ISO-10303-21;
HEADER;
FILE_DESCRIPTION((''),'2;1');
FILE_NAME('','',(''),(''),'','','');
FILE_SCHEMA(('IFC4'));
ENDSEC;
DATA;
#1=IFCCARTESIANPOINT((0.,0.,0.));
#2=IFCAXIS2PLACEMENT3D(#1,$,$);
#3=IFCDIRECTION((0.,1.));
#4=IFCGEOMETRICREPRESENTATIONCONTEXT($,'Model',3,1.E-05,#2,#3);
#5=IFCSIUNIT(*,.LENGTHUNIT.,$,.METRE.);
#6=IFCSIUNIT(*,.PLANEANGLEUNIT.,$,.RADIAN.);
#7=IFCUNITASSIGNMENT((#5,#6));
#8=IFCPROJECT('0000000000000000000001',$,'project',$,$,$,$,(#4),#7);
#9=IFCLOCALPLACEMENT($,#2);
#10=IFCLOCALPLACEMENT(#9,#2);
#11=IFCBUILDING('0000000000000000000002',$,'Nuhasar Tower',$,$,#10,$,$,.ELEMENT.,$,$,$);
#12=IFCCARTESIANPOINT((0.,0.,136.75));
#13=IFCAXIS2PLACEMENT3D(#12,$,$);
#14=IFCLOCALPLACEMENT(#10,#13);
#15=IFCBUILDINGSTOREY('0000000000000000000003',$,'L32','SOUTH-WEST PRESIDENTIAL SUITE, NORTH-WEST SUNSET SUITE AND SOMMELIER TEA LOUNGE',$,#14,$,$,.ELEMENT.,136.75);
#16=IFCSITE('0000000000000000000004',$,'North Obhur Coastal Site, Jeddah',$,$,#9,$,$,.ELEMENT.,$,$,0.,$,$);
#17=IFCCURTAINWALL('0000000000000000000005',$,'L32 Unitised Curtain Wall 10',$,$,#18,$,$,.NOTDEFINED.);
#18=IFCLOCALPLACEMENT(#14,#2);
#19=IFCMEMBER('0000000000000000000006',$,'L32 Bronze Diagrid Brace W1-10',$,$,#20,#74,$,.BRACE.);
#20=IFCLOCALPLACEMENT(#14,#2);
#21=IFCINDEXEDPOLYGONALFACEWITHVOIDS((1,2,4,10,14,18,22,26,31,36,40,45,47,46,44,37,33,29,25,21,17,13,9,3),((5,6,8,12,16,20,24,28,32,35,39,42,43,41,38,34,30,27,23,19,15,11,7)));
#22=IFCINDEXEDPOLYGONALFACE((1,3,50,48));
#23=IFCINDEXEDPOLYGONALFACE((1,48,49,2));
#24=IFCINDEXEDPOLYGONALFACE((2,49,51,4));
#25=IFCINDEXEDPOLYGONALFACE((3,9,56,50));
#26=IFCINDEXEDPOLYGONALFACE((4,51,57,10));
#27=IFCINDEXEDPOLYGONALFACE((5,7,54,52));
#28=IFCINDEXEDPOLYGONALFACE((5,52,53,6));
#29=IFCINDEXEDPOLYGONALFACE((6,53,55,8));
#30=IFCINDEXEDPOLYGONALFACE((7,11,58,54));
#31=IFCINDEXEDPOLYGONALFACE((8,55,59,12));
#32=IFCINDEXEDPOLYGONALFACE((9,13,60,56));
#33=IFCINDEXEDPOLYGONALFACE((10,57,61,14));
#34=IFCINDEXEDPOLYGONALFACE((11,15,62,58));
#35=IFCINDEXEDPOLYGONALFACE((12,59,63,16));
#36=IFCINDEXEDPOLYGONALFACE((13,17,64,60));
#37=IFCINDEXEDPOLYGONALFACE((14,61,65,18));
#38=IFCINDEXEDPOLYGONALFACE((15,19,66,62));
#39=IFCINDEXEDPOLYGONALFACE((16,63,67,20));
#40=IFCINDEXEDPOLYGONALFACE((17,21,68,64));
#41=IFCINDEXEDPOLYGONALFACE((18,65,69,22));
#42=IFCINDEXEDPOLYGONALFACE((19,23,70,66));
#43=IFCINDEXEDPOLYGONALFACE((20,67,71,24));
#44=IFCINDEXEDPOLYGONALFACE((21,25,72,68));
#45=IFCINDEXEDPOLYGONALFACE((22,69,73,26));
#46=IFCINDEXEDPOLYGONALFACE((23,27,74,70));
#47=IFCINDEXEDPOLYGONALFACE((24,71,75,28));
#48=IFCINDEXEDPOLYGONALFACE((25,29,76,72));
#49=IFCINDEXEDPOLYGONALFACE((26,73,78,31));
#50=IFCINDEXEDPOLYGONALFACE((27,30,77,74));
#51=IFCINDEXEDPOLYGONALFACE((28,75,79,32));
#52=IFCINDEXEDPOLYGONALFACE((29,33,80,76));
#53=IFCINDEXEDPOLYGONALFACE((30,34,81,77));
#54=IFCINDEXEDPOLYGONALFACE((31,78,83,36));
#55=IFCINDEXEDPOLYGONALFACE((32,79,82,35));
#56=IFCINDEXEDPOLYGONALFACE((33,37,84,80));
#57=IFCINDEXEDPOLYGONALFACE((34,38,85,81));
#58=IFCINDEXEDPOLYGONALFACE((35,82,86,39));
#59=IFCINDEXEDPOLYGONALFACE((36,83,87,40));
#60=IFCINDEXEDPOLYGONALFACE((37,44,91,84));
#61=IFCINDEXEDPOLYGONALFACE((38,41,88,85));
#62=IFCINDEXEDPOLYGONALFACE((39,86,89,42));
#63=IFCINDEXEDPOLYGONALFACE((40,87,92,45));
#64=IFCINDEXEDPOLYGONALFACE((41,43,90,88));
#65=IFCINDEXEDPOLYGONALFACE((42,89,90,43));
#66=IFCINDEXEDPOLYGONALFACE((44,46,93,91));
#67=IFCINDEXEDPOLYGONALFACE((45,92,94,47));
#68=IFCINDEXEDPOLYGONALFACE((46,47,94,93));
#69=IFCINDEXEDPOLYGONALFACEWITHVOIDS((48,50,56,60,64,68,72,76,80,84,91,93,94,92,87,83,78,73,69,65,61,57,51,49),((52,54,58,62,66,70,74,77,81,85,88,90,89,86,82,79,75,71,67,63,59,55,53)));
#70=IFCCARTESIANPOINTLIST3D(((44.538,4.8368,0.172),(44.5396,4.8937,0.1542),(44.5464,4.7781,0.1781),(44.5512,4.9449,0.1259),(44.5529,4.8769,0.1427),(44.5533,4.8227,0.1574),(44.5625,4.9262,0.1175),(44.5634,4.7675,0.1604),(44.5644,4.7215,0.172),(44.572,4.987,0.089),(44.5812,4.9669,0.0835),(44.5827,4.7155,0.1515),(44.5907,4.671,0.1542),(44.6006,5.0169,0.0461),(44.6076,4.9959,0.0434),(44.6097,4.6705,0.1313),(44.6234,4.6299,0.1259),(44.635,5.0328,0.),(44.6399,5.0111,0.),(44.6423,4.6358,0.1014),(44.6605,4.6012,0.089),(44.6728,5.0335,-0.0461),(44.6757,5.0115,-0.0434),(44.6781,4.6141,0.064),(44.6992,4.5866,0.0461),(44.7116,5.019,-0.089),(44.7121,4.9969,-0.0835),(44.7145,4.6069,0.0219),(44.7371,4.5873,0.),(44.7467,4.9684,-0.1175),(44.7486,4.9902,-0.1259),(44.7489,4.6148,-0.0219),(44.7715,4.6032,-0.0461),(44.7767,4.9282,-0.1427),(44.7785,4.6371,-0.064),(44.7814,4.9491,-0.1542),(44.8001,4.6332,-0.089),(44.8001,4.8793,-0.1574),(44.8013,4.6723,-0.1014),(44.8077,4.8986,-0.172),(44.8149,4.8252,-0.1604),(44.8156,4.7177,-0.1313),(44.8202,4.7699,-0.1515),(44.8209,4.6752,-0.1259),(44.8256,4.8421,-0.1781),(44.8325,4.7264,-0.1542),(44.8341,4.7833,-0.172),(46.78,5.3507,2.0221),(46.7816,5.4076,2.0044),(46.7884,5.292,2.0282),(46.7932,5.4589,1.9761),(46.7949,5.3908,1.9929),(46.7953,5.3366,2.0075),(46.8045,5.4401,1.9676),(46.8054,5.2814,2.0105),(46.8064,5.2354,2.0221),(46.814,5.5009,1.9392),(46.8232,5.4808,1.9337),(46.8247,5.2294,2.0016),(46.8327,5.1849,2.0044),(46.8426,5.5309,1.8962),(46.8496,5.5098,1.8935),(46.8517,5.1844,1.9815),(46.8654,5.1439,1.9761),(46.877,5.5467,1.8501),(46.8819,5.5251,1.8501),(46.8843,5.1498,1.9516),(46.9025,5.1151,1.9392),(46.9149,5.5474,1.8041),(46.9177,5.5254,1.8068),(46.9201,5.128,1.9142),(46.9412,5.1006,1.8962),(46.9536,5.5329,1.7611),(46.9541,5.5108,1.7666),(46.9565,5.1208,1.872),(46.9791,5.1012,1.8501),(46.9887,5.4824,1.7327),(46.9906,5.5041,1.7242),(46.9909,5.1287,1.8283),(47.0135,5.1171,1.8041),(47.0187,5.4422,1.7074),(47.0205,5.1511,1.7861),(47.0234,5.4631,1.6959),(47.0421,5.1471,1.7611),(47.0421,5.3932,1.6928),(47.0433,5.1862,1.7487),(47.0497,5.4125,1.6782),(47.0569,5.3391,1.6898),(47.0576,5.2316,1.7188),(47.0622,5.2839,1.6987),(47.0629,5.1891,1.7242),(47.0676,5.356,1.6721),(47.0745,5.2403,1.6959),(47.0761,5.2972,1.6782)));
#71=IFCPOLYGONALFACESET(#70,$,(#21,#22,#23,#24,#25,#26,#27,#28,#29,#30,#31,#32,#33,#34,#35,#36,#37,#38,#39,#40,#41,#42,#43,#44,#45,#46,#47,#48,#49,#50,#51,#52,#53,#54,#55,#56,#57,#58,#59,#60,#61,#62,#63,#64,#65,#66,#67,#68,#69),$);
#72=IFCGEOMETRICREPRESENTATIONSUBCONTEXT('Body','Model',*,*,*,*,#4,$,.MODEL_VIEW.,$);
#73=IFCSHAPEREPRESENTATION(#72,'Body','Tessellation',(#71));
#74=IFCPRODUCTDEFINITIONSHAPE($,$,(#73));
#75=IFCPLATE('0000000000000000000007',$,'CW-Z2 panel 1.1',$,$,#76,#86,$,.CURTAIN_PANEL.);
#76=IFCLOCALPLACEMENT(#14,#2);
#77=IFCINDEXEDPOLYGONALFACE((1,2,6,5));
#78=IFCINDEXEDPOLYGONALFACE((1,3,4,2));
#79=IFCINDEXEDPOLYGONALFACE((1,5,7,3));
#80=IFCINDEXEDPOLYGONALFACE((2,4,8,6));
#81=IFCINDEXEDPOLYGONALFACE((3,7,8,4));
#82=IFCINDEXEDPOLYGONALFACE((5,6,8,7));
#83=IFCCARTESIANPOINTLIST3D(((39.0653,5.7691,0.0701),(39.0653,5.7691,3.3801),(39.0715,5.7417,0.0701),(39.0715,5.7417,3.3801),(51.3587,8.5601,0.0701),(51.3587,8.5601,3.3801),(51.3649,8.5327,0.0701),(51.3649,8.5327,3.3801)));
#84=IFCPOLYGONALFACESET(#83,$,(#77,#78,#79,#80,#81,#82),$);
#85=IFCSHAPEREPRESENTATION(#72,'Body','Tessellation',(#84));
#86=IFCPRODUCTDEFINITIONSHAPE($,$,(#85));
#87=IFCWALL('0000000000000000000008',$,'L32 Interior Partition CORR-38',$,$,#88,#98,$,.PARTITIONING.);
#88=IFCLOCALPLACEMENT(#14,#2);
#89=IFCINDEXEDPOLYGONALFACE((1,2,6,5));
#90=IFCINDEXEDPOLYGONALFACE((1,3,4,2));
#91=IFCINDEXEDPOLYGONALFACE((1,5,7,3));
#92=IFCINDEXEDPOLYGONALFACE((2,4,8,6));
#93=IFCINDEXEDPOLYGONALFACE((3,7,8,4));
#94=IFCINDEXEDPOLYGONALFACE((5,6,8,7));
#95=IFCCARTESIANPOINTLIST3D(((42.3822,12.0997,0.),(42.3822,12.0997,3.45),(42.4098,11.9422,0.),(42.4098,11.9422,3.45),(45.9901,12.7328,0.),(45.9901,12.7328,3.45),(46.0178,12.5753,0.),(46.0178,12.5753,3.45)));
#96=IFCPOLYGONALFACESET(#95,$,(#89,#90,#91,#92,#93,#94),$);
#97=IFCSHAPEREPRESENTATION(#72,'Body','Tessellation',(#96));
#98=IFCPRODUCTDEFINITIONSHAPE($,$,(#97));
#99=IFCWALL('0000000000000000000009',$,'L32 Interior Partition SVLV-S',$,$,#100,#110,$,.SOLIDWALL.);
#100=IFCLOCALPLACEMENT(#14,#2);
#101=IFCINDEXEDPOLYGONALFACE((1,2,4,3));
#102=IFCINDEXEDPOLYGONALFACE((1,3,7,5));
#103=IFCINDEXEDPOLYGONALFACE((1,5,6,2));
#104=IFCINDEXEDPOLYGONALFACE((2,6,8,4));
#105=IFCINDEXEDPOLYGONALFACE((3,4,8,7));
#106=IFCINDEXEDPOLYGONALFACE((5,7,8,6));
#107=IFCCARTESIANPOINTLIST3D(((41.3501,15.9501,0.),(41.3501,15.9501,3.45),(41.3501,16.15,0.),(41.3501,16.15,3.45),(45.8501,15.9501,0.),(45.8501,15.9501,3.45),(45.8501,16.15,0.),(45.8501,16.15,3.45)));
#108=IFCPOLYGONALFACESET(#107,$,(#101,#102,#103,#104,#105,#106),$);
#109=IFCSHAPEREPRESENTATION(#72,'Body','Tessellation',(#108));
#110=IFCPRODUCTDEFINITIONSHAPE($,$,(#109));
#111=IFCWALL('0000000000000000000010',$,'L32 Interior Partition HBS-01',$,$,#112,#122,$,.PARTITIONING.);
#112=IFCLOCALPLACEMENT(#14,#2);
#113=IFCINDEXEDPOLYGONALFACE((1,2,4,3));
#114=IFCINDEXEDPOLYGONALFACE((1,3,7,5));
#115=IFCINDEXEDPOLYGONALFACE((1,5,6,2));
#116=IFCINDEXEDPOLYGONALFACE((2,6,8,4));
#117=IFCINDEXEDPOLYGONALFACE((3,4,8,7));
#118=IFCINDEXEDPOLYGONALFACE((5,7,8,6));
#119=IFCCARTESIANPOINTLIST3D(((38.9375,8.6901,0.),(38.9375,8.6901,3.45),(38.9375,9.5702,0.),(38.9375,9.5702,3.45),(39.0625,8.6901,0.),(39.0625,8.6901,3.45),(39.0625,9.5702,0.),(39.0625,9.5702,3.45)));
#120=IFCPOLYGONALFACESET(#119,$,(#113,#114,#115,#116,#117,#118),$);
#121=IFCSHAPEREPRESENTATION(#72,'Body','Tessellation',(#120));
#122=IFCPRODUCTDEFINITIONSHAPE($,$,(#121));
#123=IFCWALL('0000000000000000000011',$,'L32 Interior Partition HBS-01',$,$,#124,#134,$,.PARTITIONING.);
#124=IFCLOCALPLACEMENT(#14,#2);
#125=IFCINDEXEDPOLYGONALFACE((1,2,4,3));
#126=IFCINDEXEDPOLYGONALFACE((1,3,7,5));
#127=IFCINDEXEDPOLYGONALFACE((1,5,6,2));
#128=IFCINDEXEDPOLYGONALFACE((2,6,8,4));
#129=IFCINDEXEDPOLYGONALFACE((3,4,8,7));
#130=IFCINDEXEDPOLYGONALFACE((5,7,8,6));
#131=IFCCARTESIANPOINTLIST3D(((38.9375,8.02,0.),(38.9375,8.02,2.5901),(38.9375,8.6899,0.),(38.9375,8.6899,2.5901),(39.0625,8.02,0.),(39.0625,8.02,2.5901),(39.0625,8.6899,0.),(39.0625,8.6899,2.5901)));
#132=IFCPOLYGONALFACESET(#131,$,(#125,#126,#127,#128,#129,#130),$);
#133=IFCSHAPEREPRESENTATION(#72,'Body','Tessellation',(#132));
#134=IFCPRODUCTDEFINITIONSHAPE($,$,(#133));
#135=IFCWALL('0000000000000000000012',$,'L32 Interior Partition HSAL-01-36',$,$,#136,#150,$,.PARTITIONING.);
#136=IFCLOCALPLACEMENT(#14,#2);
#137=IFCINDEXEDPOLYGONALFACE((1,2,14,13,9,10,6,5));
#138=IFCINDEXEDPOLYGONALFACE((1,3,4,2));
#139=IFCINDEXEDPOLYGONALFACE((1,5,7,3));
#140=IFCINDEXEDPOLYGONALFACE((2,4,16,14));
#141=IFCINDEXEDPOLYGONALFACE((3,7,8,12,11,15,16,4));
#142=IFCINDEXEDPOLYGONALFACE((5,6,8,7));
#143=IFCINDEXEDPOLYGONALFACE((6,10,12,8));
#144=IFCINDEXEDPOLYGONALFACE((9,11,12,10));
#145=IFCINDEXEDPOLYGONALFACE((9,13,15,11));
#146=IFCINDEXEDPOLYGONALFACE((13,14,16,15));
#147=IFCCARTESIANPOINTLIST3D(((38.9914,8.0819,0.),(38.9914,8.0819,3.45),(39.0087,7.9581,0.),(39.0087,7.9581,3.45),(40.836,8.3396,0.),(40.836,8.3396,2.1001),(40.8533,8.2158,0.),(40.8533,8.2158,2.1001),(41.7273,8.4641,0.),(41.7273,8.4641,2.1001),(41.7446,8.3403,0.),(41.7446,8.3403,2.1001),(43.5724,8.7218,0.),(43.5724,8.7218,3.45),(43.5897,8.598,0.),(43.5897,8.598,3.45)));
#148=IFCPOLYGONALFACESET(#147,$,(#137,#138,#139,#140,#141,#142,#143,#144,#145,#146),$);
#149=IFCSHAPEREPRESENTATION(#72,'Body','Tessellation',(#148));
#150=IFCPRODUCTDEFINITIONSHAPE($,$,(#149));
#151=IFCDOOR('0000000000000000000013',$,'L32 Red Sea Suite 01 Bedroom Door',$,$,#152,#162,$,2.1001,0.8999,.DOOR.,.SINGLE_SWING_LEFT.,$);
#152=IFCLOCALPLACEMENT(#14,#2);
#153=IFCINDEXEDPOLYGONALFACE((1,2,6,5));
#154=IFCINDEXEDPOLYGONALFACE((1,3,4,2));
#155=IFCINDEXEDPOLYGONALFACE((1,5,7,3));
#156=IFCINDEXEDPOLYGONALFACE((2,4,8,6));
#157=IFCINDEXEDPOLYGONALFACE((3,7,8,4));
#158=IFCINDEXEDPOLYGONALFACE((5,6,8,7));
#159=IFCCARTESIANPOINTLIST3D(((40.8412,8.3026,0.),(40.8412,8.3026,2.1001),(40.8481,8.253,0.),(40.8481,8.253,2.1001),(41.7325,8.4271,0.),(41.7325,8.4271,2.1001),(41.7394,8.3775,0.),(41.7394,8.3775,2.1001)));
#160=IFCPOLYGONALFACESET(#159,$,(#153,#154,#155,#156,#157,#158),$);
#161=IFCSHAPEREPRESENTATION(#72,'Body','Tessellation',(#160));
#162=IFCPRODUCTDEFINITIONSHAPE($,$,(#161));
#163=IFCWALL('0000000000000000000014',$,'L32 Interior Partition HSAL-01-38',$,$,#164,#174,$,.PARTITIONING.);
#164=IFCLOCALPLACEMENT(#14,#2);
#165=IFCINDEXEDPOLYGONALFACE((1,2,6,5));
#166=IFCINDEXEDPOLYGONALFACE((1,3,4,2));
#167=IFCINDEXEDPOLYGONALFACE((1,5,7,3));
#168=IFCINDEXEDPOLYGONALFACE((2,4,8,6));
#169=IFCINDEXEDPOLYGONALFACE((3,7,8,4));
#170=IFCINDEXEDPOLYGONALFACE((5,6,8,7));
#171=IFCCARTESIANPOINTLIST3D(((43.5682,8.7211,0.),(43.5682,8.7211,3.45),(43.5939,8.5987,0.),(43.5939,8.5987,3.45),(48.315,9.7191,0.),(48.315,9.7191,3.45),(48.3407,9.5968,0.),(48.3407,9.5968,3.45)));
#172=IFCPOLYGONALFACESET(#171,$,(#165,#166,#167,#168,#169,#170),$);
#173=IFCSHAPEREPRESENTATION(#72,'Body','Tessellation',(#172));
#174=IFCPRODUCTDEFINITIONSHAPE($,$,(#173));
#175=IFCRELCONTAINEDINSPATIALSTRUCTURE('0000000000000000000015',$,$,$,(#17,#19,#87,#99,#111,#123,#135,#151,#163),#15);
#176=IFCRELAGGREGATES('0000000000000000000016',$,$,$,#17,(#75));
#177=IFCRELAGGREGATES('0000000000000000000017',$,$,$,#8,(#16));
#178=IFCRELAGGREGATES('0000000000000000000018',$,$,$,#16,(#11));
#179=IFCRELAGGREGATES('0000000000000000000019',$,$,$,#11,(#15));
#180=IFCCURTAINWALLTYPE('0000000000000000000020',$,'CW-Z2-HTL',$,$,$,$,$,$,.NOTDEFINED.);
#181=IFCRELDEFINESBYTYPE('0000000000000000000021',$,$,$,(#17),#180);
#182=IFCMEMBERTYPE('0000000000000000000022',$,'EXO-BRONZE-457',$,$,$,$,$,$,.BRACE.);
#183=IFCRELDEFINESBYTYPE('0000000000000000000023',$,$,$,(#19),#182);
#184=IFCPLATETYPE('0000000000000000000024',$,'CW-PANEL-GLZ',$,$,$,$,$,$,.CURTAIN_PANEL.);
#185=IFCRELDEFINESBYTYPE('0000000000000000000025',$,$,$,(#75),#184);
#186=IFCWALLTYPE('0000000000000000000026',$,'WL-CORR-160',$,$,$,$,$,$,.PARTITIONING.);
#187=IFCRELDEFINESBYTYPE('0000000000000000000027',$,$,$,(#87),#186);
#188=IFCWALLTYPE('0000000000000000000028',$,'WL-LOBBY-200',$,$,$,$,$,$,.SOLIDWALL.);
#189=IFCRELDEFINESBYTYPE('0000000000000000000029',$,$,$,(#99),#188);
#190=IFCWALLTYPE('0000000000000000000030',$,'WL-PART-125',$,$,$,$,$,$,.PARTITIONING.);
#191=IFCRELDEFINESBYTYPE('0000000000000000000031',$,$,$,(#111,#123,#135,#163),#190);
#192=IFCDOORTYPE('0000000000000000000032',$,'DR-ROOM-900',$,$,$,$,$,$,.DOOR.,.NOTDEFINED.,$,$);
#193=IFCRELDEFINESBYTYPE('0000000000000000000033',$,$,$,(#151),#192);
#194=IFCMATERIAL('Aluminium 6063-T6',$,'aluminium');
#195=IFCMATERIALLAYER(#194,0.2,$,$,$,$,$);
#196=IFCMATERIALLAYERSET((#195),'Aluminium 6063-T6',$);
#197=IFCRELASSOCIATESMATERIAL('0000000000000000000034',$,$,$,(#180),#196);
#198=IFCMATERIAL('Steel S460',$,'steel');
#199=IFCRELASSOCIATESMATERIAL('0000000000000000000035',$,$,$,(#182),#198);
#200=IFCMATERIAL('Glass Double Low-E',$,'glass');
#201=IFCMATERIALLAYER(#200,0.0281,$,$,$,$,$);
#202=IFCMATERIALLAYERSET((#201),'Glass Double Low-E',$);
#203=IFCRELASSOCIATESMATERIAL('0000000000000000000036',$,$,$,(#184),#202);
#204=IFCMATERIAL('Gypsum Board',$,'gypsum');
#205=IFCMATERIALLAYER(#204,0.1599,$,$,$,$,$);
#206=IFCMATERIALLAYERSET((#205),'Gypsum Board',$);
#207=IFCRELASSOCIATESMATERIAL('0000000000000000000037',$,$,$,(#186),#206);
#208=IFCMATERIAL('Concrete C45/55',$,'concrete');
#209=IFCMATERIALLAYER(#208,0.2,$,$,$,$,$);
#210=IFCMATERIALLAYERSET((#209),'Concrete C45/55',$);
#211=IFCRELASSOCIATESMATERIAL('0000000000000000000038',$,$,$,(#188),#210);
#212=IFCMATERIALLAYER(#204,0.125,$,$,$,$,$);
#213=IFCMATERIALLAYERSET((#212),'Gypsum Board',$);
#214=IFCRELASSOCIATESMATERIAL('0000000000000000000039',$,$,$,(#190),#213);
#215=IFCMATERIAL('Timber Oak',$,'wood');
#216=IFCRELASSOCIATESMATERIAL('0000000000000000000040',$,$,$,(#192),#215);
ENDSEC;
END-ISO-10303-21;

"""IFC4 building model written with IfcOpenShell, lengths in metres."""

from ifc_helpers import new_model, si_unit, direction, frame, frame_2d, origin, origin_2d, place, context, subcontext, project, spatial, rectangle, hollow_circle, extrude, material, layer, layer_set, material_profile, profile_set, type_object, element, fill, aggregate, save


model = new_model("IFC4")

# Units and contexts
model_context = context("Model", 3, precision=1e-05, world=origin(), true_north=direction((0.0, 1.0)))
body_context = subcontext(model_context, "Body", "Model", "MODEL_VIEW")
ifc_project = project(units=[si_unit("LENGTHUNIT", "METRE"), si_unit("PLANEANGLEUNIT", "RADIAN")], contexts=[model_context])

# Site, building, storey
site_placement = place(None, origin())
site = spatial("IfcSite", under=ifc_project, at=site_placement, Name="North Obhur Coastal Site, Jeddah", CompositionType="ELEMENT", RefElevation=0.0)
building_placement = place(site_placement, origin())
building = spatial("IfcBuilding", under=site, at=building_placement, Name="Nuhasar Tower", CompositionType="ELEMENT")
storey_placement = place(building_placement, frame((0.0, 0.0, 136.75)))
storey = spatial("IfcBuildingStorey", under=building, at=storey_placement, Name="L32", Description="SOUTH-WEST PRESIDENTIAL SUITE, NORTH-WEST SUNSET SUITE AND SOMMELIER TEA LOUNGE", CompositionType="ELEMENT", Elevation=136.75)

# Curtain wall
ifc_material_1 = material(Name="Aluminium 6063-T6", Category="aluminium")
ifc_layer_1 = layer(ifc_material_1, 0.2)
ifc_layer_set_1 = layer_set([ifc_layer_1], Name="Aluminium 6063-T6")
curtain_wall_type = type_object("IfcCurtainWallType", Name="CW-Z2-HTL", PredefinedType="NOTDEFINED", material=ifc_layer_set_1)
curtain_wall_placement = place(storey_placement, origin())
curtain_wall = element("IfcCurtainWall", 1, at=curtain_wall_placement, inside=storey, type_object=curtain_wall_type, Name="L32 Unitised Curtain Wall 10", PredefinedType="NOTDEFINED")

# Member
ifc_material_2 = material(Name="Steel S460", Category="steel")
ifc_material_profile_1 = material_profile(ifc_material_2, hollow_circle(Radius=0.2285, WallThickness=0.0222, at=origin_2d()), Name="HSS457X22.2")
ifc_profile_set_1 = profile_set([ifc_material_profile_1], Name="Steel S460")
member_type_1 = type_object("IfcMemberType", Name="EXO-BRONZE-457", PredefinedType="BRACE", material=ifc_profile_set_1)
member_1_placement = place(storey_placement, frame((44.686, 4.8101, 0.0), z_axis=(0.75951, 0.174101, 0.626764), x_axis=(-0.223433, 0.974719, 0.0)))
element("IfcMember", 2, at=member_1_placement, inside=storey, type_object=member_type_1, Name="L32 Bronze Diagrid Brace W1-10", PredefinedType="BRACE", context=body_context, shape_type="SweptSolid", body=[
    extrude(hollow_circle(Radius=0.2285, WallThickness=0.0222, at=origin_2d()), origin(), (0.0, 0.0, 1.0), 2.9519),
])

# Plate
ifc_material_3 = material(Name="Glass Double Low-E", Category="glass")
ifc_layer_2 = layer(ifc_material_3, 0.0281)
ifc_layer_set_2 = layer_set([ifc_layer_2], Name="Glass Double Low-E")
plate_type = type_object("IfcPlateType", Name="CW-PANEL-GLZ", PredefinedType="CURTAIN_PANEL", material=ifc_layer_set_2)
plate_placement = place(storey_placement, frame((45.2151, 7.1509, 0.0701), z_axis=(0.0, 0.0, 1.0), x_axis=(0.975184, 0.221397, 0.0)))
plate = element("IfcPlate", 3, at=plate_placement, type_object=plate_type, Name="CW-Z2 panel 1.1", PredefinedType="CURTAIN_PANEL", context=body_context, shape_type="SweptSolid", body=[
    extrude(rectangle(XDim=12.6062, YDim=0.0281, at=origin_2d()), origin(), (0.0, 0.0, 1.0), 3.3101),
])
aggregate(curtain_wall, [plate])

# Shared definitions
ifc_material_4 = material(Name="Gypsum Board", Category="gypsum")
ifc_layer_3 = layer(ifc_material_4, 0.1599)
ifc_layer_set_3 = layer_set([ifc_layer_3], Name="Gypsum Board")
wall_type_1 = type_object("IfcWallType", Name="WL-CORR-160", PredefinedType="PARTITIONING", material=ifc_layer_set_3)
ifc_material_5 = material(Name="Timber Oak", Category="wood")

# Wall
wall_1_placement = place(storey_placement, frame((42.396, 12.021, 0.0), z_axis=(0.0, 0.0, 1.0), x_axis=(0.984953, 0.172823, 0.0)))
element("IfcWall", 4, at=wall_1_placement, inside=storey, type_object=wall_type_1, Name="L32 Interior Partition CORR-38", PredefinedType="PARTITIONING", context=body_context, shape_type="SweptSolid", body=[
    extrude(rectangle(XDim=3.6631, YDim=0.1599, at=frame_2d((1.8315, 0.0))), origin(), (0.0, 0.0, 1.0), 3.45),
])

# Shared definitions
ifc_material_6 = material(Name="Concrete C45/55", Category="concrete")
ifc_layer_4 = layer(ifc_material_6, 0.2)
ifc_layer_set_4 = layer_set([ifc_layer_4], Name="Concrete C45/55")
wall_type_2 = type_object("IfcWallType", Name="WL-LOBBY-200", PredefinedType="SOLIDWALL", material=ifc_layer_set_4)

# Walls
wall_2_placement = place(storey_placement, frame((41.3501, 16.05, 0.0), z_axis=(0.0, 0.0, 1.0), x_axis=(1.0, 0.0, 0.0)))
element("IfcWall", 5, at=wall_2_placement, inside=storey, type_object=wall_type_2, Name="L32 Interior Partition SVLV-S", PredefinedType="SOLIDWALL", context=body_context, shape_type="SweptSolid", body=[
    extrude(rectangle(XDim=4.5, YDim=0.2, at=frame_2d((2.25, 0.0))), origin(), (0.0, 0.0, 1.0), 3.45),
])
ifc_layer_5 = layer(ifc_material_4, 0.125)
ifc_layer_set_5 = layer_set([ifc_layer_5], Name="Gypsum Board")
wall_type_3 = type_object("IfcWallType", Name="WL-PART-125", PredefinedType="PARTITIONING", material=ifc_layer_set_5)
wall_3_placement = place(storey_placement, frame((39.0, 9.5701, 0.0), z_axis=(0.0, 0.0, 1.0), x_axis=(0.0, -1.0, 0.0)))
element("IfcWall", 6, at=wall_3_placement, inside=storey, type_object=wall_type_3, Name="L32 Interior Partition HBS-01", PredefinedType="PARTITIONING", context=body_context, shape_type="SweptSolid", body=[
    extrude(rectangle(XDim=0.8801, YDim=0.125, at=frame_2d((0.4399, 0.0))), origin(), (0.0, 0.0, 1.0), 3.45),
])
wall_4_placement = place(storey_placement, frame((39.0, 8.6899, 0.0), z_axis=(0.0, 0.0, 1.0), x_axis=(0.0, -1.0, 0.0)))
element("IfcWall", 7, at=wall_4_placement, inside=storey, type_object=wall_type_3, Name="L32 Interior Partition HBS-01", PredefinedType="PARTITIONING", context=body_context, shape_type="SweptSolid", body=[
    extrude(rectangle(XDim=0.6699, YDim=0.125, at=frame_2d((0.335, 0.0))), origin(), (0.0, 0.0, 1.0), 2.5901),
])

# Wall, opening, door
wall_5_placement = place(storey_placement, frame((43.5811, 8.6599, 0.0), z_axis=(0.0, 0.0, 1.0), x_axis=(-0.990385, -0.138339, 0.0)))
wall_5 = element("IfcWall", 8, at=wall_5_placement, inside=storey, type_object=wall_type_3, Name="L32 Interior Partition HSAL-01-36", PredefinedType="PARTITIONING", context=body_context, shape_type="SweptSolid", body=[
    extrude(rectangle(XDim=4.6255, YDim=0.125, at=frame_2d((2.3127, 0.0))), origin(), (0.0, 0.0, 1.0), 3.45),
])
opening_1_placement = place(wall_5_placement, frame((1.863, 0.0, 0.0)))
opening_1 = element("IfcOpeningElement", 9, at=opening_1_placement, cuts=wall_5, PredefinedType="OPENING", context=body_context, shape_type="SweptSolid", body=[
    extrude(rectangle(XDim=0.8999, YDim=2.1001, at=frame_2d((0.45, 1.05))), frame((0.0, 0.0725, 0.0), z_axis=(0.0, -1.0, 0.0), x_axis=(1.0, 0.0, 0.0)), (0.0, 0.0, 1.0), 0.145),
])
door_type_1 = type_object("IfcDoorType", Name="DR-ROOM-900", OperationType="NOTDEFINED", PredefinedType="DOOR", material=ifc_material_5)
door_1_placement = place(opening_1_placement, origin())
door_1 = element("IfcDoor", 10, at=door_1_placement, inside=storey, type_object=door_type_1, Name="L32 Red Sea Suite 01 Bedroom Door", OperationType="SINGLE_SWING_LEFT", OverallHeight=2.1001, OverallWidth=0.8999, PredefinedType="DOOR", context=body_context, shape_type="SweptSolid", body=[
    extrude(rectangle(XDim=0.8999, YDim=2.1001, at=frame_2d((0.45, 1.05))), frame((0.0, 0.0249, 0.0), z_axis=(0.0, -1.0, 0.0), x_axis=(1.0, 0.0, 0.0)), (0.0, 0.0, 1.0), 0.05),
])
fill(opening_1, door_1)

# Wall
wall_6_placement = place(storey_placement, frame((43.5811, 8.6599, 0.0), z_axis=(0.0, 0.0, 1.0), x_axis=(0.978603, 0.205757, 0.0)))
element("IfcWall", 11, at=wall_6_placement, inside=storey, type_object=wall_type_3, Name="L32 Interior Partition HSAL-01-38", PredefinedType="PARTITIONING", context=body_context, shape_type="SweptSolid", body=[
    extrude(rectangle(XDim=4.8506, YDim=0.125, at=frame_2d((2.4253, 0.0))), origin(), (0.0, 0.0, 1.0), 3.45),
])

save(model, "model.ifc")
